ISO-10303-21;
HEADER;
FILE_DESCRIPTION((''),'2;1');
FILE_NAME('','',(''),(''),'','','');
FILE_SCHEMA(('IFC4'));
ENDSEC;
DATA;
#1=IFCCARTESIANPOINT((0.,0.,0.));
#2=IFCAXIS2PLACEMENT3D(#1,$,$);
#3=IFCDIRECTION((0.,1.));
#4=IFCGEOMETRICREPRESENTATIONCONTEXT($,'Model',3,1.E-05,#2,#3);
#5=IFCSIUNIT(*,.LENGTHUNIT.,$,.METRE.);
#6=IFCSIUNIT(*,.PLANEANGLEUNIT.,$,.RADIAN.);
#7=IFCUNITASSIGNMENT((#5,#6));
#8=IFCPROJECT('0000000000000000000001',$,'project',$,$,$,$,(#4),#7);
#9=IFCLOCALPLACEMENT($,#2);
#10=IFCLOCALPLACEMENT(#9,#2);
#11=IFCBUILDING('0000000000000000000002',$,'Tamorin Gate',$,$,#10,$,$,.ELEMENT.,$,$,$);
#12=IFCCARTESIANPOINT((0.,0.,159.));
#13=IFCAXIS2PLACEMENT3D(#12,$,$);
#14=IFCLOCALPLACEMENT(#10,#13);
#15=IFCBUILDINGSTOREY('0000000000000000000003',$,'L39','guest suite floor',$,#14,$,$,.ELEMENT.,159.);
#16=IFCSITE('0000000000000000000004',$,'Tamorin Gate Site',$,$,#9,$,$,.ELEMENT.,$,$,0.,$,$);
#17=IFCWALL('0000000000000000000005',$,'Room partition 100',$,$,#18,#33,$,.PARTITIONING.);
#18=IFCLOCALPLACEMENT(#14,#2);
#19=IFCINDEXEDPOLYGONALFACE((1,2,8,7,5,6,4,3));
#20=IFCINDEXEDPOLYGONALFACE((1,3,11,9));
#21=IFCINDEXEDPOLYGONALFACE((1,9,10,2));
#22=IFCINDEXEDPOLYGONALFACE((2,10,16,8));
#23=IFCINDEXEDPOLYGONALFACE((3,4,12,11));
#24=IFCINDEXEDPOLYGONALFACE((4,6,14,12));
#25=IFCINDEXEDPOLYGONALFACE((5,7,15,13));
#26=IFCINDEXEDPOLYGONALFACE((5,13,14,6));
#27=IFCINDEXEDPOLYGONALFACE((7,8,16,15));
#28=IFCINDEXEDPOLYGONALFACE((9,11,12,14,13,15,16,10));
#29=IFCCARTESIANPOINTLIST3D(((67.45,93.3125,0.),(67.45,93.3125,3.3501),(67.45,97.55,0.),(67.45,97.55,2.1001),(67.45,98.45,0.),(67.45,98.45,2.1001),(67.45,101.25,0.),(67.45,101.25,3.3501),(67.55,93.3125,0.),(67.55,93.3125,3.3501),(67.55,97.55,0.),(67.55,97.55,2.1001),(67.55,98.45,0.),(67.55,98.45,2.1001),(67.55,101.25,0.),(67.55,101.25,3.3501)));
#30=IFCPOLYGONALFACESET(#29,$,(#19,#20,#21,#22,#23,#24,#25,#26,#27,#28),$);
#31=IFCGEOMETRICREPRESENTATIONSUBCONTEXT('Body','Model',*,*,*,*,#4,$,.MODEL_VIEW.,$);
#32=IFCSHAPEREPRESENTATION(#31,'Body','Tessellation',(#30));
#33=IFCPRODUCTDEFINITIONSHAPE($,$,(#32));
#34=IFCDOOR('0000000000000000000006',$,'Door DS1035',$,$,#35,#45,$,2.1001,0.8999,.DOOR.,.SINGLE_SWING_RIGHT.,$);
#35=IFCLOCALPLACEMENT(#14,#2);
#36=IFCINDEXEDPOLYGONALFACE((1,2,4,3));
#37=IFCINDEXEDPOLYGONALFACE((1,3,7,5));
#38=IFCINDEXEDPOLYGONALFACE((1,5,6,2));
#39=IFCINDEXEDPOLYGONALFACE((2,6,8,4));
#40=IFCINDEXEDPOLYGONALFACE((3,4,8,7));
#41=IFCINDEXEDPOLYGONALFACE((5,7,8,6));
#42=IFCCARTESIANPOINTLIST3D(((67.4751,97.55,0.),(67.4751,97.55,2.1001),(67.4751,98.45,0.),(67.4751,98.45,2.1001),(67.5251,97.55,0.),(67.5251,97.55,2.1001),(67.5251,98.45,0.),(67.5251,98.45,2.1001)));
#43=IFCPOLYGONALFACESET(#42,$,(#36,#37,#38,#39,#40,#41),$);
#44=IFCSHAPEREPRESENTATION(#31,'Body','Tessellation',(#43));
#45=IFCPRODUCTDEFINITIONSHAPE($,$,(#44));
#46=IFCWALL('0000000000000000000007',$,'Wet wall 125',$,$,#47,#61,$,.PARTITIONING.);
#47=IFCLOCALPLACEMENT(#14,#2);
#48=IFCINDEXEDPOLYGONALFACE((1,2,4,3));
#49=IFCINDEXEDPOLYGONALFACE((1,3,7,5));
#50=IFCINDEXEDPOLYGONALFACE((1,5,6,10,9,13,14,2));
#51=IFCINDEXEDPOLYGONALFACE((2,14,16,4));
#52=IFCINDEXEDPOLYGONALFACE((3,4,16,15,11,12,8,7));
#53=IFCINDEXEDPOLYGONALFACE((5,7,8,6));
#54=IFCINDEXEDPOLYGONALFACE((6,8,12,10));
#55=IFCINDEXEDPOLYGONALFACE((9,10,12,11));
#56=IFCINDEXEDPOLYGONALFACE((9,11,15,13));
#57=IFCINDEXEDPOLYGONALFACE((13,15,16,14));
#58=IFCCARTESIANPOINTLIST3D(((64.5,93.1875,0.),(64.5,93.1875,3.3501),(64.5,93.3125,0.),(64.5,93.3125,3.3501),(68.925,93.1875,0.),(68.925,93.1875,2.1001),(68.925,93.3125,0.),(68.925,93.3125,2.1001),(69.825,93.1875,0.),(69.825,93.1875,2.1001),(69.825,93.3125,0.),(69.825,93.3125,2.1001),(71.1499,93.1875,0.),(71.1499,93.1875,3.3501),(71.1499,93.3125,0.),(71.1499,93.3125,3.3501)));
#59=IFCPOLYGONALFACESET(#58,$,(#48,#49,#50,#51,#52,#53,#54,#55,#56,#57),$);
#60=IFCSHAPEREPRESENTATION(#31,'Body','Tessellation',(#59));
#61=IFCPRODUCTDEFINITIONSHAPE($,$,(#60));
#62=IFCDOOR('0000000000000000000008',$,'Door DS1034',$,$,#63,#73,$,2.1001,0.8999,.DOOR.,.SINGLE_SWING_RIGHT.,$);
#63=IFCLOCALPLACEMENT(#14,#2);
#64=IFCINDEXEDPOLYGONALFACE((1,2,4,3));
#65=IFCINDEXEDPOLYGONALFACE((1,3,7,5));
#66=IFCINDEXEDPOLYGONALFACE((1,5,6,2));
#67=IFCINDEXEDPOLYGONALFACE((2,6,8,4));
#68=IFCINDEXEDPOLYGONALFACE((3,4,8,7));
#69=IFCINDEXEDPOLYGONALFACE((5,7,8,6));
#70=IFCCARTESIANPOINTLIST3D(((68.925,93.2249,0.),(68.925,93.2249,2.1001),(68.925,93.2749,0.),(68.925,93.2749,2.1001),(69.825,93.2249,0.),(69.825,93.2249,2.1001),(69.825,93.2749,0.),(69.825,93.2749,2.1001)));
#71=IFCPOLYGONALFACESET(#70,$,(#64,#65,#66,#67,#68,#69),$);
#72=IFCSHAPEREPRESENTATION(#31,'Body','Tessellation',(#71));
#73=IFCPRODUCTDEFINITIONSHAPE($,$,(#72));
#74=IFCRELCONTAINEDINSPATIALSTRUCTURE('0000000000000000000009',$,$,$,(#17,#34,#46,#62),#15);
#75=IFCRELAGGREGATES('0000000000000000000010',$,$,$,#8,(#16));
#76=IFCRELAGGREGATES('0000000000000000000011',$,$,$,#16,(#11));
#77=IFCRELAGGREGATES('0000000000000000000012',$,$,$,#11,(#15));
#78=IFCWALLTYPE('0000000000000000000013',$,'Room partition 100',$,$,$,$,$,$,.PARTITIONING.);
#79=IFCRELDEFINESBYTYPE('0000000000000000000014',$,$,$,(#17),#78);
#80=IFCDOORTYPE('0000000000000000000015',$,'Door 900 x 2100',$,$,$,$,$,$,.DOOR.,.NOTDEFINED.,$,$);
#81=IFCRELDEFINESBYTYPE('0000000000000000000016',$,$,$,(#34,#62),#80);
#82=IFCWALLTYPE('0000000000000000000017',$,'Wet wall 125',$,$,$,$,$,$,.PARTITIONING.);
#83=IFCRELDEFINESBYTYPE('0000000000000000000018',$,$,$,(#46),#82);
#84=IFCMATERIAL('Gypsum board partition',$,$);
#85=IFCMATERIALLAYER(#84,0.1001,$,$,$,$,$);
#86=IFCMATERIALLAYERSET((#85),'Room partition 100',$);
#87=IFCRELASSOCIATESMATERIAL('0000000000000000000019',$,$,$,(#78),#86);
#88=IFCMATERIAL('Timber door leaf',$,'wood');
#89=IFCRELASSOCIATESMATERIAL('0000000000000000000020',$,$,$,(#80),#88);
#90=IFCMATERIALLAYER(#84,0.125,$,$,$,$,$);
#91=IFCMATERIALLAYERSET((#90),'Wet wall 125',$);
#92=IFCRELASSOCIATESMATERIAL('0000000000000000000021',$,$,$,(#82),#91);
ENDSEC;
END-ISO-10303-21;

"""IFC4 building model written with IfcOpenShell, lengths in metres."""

from ifc_helpers import new_model, si_unit, direction, frame, frame_2d, origin, place, context, subcontext, project, spatial, rectangle, extrude, material, layer, layer_set, type_object, element, fill, save


model = new_model("IFC4")

# Units and contexts
model_context = context("Model", 3, precision=1e-05, world=origin(), true_north=direction((0.0, 1.0)))
body_context = subcontext(model_context, "Body", "Model", "MODEL_VIEW")
ifc_project = project(units=[si_unit("LENGTHUNIT", "METRE"), si_unit("PLANEANGLEUNIT", "RADIAN")], contexts=[model_context])

# Site, building, storey
site_placement = place(None, origin())
site = spatial("IfcSite", under=ifc_project, at=site_placement, Name="Tamorin Gate Site", CompositionType="ELEMENT", RefElevation=0.0)
building_placement = place(site_placement, origin())
building = spatial("IfcBuilding", under=site, at=building_placement, Name="Tamorin Gate", CompositionType="ELEMENT")
storey_placement = place(building_placement, frame((0.0, 0.0, 159.0)))
storey = spatial("IfcBuildingStorey", under=building, at=storey_placement, Name="L39", Description="guest suite floor", CompositionType="ELEMENT", Elevation=159.0)

# Walls, openings, doors
ifc_material_1 = material(Name="Gypsum board partition")
ifc_layer_1 = layer(ifc_material_1, 0.1001)
ifc_layer_set_1 = layer_set([ifc_layer_1], Name="Room partition 100")
wall_type_1 = type_object("IfcWallType", Name="Room partition 100", PredefinedType="PARTITIONING", material=ifc_layer_set_1)
wall_1_placement = place(storey_placement, frame((67.5, 93.3125, 0.0), z_axis=(0.0, 0.0, 1.0), x_axis=(0.0, 1.0, 0.0)))
wall_1 = element("IfcWall", 1, at=wall_1_placement, inside=storey, type_object=wall_type_1, Name="Room partition 100", PredefinedType="PARTITIONING", context=body_context, shape_type="SweptSolid", body=[
    extrude(rectangle(XDim=7.9375, YDim=0.1001, at=frame_2d((3.9688, 0.0))), origin(), (0.0, 0.0, 1.0), 3.3501),
])
opening_1_placement = place(wall_1_placement, frame((4.2375, 0.0, 0.0)))
opening_1 = element("IfcOpeningElement", 2, at=opening_1_placement, cuts=wall_1, PredefinedType="OPENING", context=body_context, shape_type="SweptSolid", body=[
    extrude(rectangle(XDim=0.8999, YDim=2.1001, at=frame_2d((0.45, 1.05))), frame((0.0, 0.0601, 0.0), z_axis=(0.0, -1.0, 0.0), x_axis=(1.0, 0.0, 0.0)), (0.0, 0.0, 1.0), 0.1201),
])
ifc_material_2 = material(Name="Timber door leaf", Category="wood")
door_type = type_object("IfcDoorType", Name="Door 900 x 2100", OperationType="NOTDEFINED", PredefinedType="DOOR", material=ifc_material_2)
door_1_placement = place(opening_1_placement, origin())
door_1 = element("IfcDoor", 3, at=door_1_placement, inside=storey, type_object=door_type, Name="Door DS1035", OperationType="SINGLE_SWING_RIGHT", OverallHeight=2.1001, OverallWidth=0.8999, PredefinedType="DOOR", context=body_context, shape_type="SweptSolid", body=[
    extrude(rectangle(XDim=0.8999, YDim=2.1001, at=frame_2d((0.45, 1.05))), frame((0.0, 0.0249, 0.0), z_axis=(0.0, -1.0, 0.0), x_axis=(1.0, 0.0, 0.0)), (0.0, 0.0, 1.0), 0.05),
])
fill(opening_1, door_1)
ifc_layer_2 = layer(ifc_material_1, 0.125)
ifc_layer_set_2 = layer_set([ifc_layer_2], Name="Wet wall 125")
wall_type_2 = type_object("IfcWallType", Name="Wet wall 125", PredefinedType="PARTITIONING", material=ifc_layer_set_2)
wall_2_placement = place(storey_placement, frame((64.5, 93.25, 0.0), z_axis=(0.0, 0.0, 1.0), x_axis=(1.0, 0.0, 0.0)))
wall_2 = element("IfcWall", 4, at=wall_2_placement, inside=storey, type_object=wall_type_2, Name="Wet wall 125", PredefinedType="PARTITIONING", context=body_context, shape_type="SweptSolid", body=[
    extrude(rectangle(XDim=6.6499, YDim=0.125, at=frame_2d((3.325, 0.0))), origin(), (0.0, 0.0, 1.0), 3.3501),
])
opening_2_placement = place(wall_2_placement, frame((4.425, 0.0, 0.0)))
opening_2 = element("IfcOpeningElement", 5, at=opening_2_placement, cuts=wall_2, PredefinedType="OPENING", context=body_context, shape_type="SweptSolid", body=[
    extrude(rectangle(XDim=0.8999, YDim=2.1001, at=frame_2d((0.45, 1.05))), frame((0.0, 0.0725, 0.0), z_axis=(0.0, -1.0, 0.0), x_axis=(1.0, 0.0, 0.0)), (0.0, 0.0, 1.0), 0.145),
])
door_2_placement = place(opening_2_placement, origin())
door_2 = element("IfcDoor", 6, at=door_2_placement, inside=storey, type_object=door_type, Name="Door DS1034", OperationType="SINGLE_SWING_RIGHT", OverallHeight=2.1001, OverallWidth=0.8999, PredefinedType="DOOR", context=body_context, shape_type="SweptSolid", body=[
    extrude(rectangle(XDim=0.8999, YDim=2.1001, at=frame_2d((0.45, 1.05))), frame((0.0, 0.0249, 0.0), z_axis=(0.0, -1.0, 0.0), x_axis=(1.0, 0.0, 0.0)), (0.0, 0.0, 1.0), 0.05),
])
fill(opening_2, door_2)

save(model, "model.ifc")
